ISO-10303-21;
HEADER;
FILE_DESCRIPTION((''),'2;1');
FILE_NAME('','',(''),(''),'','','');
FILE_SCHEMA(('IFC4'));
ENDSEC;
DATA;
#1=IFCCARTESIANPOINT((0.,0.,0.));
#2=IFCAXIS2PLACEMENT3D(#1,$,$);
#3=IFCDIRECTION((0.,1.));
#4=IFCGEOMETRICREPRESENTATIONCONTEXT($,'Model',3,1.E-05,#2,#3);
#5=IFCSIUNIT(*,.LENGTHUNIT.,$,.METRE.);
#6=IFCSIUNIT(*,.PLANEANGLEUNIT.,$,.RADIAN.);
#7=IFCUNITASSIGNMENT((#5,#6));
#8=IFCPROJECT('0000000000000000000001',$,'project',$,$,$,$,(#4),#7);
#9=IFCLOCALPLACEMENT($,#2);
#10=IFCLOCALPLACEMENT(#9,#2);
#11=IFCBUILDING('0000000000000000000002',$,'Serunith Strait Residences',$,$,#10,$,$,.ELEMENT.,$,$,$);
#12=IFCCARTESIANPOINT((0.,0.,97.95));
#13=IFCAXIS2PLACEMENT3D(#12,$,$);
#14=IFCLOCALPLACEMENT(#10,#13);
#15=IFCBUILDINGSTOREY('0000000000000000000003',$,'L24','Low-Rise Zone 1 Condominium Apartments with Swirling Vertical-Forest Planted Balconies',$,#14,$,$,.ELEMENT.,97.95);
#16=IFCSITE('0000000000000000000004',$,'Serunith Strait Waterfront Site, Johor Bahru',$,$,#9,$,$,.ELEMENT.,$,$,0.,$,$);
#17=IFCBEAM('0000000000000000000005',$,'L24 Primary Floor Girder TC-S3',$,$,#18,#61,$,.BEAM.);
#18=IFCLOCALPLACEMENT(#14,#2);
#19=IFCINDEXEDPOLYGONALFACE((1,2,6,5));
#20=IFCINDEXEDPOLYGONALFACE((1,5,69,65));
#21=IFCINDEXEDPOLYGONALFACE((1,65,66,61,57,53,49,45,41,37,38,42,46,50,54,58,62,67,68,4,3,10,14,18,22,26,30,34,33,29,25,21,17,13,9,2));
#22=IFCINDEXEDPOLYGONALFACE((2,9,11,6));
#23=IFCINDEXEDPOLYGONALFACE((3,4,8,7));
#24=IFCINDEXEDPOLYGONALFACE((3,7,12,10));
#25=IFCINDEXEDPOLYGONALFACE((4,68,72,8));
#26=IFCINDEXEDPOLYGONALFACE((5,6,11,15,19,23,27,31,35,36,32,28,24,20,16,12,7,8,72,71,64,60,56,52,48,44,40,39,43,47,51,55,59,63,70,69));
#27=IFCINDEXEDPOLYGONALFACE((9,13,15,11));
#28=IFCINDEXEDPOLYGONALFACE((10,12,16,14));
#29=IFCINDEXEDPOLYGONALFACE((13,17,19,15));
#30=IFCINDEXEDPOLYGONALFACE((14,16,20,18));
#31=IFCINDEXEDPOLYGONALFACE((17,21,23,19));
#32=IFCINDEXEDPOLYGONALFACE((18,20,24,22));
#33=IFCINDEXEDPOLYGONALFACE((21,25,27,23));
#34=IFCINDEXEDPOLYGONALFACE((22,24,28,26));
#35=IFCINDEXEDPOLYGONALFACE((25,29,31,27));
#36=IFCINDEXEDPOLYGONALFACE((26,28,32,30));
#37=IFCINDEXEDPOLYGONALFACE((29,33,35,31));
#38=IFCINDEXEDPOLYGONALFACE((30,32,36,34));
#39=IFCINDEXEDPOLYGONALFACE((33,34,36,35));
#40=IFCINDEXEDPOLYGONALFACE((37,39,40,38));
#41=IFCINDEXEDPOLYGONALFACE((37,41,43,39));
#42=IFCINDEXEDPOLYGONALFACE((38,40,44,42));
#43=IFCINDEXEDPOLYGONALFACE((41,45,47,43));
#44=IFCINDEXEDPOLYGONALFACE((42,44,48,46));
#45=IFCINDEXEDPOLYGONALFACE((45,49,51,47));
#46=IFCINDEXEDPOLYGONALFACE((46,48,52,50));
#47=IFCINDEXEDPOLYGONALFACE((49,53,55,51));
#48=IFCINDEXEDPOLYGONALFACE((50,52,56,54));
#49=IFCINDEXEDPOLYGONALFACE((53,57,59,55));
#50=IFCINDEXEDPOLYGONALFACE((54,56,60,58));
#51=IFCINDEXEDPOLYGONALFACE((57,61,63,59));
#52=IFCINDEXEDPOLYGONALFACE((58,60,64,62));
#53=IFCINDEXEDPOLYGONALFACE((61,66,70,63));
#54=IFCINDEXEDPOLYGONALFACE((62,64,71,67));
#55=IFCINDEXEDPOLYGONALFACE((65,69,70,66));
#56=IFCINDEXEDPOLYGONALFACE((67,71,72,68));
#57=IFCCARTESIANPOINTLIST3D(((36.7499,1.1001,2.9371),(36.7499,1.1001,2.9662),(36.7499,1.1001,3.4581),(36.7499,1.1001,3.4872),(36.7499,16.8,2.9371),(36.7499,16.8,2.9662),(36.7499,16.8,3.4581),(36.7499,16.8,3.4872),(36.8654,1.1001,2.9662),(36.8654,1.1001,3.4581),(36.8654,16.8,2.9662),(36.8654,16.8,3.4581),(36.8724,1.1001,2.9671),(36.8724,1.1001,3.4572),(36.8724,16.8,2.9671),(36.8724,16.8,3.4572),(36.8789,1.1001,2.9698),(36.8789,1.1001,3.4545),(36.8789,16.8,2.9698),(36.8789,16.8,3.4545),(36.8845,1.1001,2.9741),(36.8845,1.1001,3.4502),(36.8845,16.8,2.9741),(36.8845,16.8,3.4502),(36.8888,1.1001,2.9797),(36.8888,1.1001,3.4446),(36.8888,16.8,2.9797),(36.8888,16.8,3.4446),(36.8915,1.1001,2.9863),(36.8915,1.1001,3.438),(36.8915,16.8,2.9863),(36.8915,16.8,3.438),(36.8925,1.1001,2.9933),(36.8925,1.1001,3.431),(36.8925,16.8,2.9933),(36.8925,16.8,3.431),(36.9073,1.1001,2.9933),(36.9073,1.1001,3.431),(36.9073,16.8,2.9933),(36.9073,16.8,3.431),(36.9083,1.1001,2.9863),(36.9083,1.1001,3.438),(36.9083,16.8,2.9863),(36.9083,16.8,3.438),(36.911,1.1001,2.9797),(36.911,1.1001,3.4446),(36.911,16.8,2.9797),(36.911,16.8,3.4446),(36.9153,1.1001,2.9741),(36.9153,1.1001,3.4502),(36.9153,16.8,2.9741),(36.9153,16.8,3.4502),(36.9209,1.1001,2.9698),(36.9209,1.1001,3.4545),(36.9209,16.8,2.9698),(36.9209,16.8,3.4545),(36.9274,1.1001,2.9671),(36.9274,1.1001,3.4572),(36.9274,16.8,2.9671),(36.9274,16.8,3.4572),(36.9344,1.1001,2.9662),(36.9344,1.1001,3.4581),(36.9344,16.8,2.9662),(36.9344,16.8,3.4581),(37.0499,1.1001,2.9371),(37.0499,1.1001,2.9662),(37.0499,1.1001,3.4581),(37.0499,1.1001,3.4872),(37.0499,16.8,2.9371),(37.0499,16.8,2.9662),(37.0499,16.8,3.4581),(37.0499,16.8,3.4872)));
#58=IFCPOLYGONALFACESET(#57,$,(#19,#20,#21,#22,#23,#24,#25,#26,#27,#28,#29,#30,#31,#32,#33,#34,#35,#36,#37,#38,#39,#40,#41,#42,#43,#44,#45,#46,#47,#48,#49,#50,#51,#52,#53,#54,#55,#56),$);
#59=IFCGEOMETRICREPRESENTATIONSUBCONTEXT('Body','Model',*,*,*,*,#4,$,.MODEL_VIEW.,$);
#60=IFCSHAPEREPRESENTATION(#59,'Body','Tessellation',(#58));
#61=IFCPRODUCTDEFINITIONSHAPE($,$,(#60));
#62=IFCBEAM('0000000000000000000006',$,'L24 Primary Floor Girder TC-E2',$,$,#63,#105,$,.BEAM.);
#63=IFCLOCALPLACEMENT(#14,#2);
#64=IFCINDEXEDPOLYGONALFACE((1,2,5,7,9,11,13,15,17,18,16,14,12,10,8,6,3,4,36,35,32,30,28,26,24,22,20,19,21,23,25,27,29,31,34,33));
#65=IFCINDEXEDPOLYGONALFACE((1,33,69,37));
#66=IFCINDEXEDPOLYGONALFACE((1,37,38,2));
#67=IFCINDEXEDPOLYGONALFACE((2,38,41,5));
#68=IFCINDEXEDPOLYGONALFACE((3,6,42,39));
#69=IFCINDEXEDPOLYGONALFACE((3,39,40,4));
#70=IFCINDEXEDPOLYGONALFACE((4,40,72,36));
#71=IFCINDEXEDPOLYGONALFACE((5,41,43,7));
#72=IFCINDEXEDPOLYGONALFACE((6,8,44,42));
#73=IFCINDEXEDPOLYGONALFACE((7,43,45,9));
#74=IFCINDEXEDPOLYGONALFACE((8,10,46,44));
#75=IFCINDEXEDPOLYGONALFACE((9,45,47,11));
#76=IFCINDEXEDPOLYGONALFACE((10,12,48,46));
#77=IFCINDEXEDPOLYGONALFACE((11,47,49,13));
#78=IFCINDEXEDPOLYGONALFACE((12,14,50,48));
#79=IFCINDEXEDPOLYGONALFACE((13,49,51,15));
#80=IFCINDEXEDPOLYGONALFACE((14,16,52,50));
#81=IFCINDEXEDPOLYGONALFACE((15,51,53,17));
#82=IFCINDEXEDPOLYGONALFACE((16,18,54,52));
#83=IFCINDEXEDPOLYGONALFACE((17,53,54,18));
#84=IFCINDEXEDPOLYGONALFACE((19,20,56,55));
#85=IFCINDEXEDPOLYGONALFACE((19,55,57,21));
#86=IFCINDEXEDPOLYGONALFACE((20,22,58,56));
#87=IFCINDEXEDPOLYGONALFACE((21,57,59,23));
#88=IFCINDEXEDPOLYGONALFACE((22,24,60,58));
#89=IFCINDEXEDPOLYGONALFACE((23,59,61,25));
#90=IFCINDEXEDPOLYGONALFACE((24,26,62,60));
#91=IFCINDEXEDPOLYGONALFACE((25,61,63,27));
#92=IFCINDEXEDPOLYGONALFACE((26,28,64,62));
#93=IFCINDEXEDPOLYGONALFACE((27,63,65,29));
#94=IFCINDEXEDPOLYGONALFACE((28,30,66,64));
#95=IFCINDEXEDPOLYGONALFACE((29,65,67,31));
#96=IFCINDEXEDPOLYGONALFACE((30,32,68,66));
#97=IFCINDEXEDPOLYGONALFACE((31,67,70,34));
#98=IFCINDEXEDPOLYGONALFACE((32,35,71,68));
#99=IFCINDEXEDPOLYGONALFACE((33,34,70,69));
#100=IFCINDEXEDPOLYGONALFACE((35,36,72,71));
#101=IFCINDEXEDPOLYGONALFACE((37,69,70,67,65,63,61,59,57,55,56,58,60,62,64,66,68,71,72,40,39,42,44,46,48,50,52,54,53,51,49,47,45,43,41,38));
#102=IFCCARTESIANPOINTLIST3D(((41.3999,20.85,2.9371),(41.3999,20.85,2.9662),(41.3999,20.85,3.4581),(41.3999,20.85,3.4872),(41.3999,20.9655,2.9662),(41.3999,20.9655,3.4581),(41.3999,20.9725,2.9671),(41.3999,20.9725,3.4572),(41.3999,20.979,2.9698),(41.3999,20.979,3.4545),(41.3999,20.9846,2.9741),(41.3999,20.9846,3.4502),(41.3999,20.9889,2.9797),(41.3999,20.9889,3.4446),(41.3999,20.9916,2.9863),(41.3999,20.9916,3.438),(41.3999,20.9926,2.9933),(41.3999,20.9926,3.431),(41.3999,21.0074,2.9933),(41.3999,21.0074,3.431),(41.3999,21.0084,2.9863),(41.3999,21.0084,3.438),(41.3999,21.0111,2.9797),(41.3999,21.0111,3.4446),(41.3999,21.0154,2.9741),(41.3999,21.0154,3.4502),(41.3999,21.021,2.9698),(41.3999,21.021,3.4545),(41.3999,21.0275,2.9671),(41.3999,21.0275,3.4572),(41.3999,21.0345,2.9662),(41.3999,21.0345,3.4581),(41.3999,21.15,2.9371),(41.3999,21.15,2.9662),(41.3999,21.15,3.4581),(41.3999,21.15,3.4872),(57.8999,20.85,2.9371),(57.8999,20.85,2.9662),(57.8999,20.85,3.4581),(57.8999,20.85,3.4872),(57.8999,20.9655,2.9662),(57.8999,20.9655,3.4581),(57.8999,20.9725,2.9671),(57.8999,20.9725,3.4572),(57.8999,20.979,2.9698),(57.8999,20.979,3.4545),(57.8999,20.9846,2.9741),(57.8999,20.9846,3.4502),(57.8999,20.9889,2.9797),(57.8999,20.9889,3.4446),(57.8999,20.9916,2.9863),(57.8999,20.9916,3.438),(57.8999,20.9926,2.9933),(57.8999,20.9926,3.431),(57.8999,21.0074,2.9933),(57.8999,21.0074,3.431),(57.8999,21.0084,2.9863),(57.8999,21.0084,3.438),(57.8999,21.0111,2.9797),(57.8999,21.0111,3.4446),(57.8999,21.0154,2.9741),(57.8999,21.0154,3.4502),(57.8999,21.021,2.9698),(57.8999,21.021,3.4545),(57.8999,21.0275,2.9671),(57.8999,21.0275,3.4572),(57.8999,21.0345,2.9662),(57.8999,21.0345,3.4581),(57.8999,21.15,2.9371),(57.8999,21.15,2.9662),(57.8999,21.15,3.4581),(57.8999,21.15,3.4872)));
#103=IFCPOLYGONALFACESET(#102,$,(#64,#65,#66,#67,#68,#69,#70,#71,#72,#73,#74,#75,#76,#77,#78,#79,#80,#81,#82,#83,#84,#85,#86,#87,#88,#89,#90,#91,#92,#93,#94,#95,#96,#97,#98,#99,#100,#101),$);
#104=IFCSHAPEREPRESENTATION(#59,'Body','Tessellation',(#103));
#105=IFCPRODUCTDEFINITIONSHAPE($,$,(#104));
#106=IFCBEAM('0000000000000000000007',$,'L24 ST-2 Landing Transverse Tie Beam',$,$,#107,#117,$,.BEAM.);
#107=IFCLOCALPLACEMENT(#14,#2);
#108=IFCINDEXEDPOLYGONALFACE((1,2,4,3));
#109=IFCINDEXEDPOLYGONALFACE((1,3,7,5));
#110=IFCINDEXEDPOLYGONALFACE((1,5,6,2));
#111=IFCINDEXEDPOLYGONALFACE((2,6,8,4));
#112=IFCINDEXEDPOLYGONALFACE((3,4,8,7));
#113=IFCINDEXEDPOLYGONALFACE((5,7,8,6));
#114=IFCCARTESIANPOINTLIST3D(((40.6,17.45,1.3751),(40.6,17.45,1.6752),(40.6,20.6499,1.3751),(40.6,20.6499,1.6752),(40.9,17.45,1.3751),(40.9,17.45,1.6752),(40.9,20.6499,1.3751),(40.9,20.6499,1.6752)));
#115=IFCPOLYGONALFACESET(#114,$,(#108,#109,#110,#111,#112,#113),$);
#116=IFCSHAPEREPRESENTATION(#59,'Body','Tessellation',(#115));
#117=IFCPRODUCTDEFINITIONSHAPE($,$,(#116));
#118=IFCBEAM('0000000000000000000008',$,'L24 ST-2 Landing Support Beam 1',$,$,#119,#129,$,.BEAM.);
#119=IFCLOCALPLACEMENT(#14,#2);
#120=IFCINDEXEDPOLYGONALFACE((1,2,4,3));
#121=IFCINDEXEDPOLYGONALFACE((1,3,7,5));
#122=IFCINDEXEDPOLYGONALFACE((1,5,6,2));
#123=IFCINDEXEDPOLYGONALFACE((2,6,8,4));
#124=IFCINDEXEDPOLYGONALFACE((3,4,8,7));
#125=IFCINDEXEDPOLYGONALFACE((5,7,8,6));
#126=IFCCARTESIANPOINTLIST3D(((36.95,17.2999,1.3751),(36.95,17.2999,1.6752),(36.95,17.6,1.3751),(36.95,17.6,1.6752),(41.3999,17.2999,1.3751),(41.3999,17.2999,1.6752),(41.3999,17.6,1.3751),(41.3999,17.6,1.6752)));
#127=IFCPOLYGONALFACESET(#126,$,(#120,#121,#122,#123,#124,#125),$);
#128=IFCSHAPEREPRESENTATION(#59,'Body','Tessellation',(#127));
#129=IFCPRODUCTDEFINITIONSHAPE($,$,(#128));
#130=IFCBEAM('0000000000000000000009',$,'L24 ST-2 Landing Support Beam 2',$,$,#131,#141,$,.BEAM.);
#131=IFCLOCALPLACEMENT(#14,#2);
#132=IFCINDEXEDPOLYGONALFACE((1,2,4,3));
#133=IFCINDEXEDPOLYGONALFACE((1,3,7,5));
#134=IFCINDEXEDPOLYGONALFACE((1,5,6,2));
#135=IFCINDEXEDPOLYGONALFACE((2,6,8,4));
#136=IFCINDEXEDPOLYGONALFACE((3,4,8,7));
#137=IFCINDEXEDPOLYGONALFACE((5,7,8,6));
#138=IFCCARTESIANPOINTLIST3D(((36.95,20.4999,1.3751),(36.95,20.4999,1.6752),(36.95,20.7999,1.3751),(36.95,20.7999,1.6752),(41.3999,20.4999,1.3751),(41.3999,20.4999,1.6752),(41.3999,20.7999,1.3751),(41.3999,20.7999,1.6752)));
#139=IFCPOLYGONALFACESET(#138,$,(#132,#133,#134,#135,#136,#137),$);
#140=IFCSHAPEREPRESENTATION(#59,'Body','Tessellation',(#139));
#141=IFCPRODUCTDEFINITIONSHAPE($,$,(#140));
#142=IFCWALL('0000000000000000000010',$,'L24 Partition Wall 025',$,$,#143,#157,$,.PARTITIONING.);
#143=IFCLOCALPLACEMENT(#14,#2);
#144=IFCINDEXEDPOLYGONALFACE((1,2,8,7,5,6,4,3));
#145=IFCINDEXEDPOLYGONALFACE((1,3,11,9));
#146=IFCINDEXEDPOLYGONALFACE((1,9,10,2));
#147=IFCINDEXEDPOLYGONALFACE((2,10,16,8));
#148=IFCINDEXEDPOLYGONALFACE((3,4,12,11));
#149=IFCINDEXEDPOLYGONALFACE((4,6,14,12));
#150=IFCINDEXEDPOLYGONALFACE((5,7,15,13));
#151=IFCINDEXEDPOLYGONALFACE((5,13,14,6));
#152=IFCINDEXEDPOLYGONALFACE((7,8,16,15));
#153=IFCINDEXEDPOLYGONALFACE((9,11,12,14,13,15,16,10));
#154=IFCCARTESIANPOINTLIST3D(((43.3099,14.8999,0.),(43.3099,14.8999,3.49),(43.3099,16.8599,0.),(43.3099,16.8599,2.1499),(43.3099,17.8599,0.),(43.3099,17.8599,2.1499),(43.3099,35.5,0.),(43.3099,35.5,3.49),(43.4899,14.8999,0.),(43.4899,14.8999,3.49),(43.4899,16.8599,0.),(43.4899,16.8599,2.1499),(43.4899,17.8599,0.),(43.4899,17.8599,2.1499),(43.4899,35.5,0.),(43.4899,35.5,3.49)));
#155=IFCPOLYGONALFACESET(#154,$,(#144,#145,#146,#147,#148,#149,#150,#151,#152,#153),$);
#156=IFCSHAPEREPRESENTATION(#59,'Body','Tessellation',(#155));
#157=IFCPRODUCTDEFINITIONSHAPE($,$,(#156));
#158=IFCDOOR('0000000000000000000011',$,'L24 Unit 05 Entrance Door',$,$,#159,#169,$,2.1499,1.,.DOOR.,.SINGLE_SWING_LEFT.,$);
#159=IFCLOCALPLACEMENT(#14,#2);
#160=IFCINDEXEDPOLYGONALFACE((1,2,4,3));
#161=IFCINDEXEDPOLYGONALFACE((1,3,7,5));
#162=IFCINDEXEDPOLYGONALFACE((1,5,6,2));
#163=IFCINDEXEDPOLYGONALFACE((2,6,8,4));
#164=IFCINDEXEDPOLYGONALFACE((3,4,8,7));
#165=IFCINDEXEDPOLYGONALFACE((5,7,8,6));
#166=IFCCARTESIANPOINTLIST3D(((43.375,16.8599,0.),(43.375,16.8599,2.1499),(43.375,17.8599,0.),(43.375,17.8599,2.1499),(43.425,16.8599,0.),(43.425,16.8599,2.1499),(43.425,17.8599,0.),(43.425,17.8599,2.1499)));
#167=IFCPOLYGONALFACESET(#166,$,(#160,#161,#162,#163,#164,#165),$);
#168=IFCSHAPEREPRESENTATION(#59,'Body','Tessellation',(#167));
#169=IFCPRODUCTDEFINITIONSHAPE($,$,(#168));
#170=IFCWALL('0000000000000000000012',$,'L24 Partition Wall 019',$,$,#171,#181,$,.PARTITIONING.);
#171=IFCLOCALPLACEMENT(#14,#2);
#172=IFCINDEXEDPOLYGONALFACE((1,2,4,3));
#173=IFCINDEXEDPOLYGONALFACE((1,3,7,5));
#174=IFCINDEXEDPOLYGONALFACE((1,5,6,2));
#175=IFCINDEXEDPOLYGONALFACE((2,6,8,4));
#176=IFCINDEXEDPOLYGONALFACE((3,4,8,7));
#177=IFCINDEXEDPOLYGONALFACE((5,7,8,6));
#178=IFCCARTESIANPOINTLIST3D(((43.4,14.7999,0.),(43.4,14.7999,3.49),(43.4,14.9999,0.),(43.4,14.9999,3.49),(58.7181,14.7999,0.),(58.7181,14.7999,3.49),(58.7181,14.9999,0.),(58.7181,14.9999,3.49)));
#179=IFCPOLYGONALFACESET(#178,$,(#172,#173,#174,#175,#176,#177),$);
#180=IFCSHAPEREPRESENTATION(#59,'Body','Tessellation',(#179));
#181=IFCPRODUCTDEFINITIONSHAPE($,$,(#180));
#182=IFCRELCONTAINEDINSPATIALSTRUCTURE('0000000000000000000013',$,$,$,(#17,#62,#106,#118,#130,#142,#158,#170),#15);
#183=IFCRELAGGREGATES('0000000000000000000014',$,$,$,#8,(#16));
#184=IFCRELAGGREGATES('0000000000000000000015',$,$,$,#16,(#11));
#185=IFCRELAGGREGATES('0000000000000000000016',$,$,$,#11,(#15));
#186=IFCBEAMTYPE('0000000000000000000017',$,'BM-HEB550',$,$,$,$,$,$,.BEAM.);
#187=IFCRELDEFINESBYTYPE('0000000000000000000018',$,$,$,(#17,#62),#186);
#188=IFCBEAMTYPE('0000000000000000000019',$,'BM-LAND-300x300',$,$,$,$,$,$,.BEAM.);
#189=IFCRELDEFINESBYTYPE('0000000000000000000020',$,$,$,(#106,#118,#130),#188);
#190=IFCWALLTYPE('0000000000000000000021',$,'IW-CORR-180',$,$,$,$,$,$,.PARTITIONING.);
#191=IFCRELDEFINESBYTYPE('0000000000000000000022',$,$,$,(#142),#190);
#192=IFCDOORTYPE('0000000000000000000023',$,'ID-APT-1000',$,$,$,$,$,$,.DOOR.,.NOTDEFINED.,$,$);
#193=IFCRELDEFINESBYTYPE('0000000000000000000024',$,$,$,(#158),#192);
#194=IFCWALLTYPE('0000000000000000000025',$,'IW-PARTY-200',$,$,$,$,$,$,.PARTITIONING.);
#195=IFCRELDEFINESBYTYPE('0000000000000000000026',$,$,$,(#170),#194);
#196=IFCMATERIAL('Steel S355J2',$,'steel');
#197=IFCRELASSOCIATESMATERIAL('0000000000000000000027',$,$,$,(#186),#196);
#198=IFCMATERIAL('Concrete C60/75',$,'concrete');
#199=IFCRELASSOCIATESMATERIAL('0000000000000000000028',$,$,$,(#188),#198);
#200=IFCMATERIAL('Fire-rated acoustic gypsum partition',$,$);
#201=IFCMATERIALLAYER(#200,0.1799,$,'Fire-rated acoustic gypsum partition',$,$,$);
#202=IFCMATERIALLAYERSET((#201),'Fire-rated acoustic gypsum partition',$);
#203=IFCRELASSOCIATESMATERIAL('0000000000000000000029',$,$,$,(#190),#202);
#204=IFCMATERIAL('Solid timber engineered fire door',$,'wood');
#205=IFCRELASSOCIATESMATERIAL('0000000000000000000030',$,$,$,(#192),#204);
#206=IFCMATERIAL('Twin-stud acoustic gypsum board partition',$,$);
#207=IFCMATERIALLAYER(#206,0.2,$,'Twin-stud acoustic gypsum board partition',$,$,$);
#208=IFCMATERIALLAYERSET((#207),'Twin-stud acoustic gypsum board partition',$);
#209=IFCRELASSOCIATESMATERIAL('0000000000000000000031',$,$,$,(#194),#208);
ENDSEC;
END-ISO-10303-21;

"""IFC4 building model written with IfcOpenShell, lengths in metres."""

from ifc_helpers import new_model, si_unit, direction, frame, frame_2d, origin, origin_2d, place, context, subcontext, project, spatial, rectangle, i_section, extrude, source, transform, mapped, material, layer, layer_set, material_profile, profile_set, type_object, element, fill, save


model = new_model("IFC4")

# Units and contexts
model_context = context("Model", 3, precision=1e-05, world=origin(), true_north=direction((0.0, 1.0)))
body_context = subcontext(model_context, "Body", "Model", "MODEL_VIEW")
ifc_project = project(units=[si_unit("LENGTHUNIT", "METRE"), si_unit("PLANEANGLEUNIT", "RADIAN")], contexts=[model_context])

# Site, building, storey
site_placement = place(None, origin())
site = spatial("IfcSite", under=ifc_project, at=site_placement, Name="Serunith Strait Waterfront Site, Johor Bahru", CompositionType="ELEMENT", RefElevation=0.0)
building_placement = place(site_placement, origin())
building = spatial("IfcBuilding", under=site, at=building_placement, Name="Serunith Strait Residences", CompositionType="ELEMENT")
storey_placement = place(building_placement, frame((0.0, 0.0, 97.95)))
storey = spatial("IfcBuildingStorey", under=building, at=storey_placement, Name="L24", Description="Low-Rise Zone 1 Condominium Apartments with Swirling Vertical-Forest Planted Balconies", CompositionType="ELEMENT", Elevation=97.95)

# Beams
ifc_material_1 = material(Name="Steel S355J2", Category="steel")
ifc_material_profile_1 = material_profile(ifc_material_1, i_section(OverallWidth=0.3, OverallDepth=0.55, WebThickness=0.0149, FlangeThickness=0.0291, FilletRadius=0.0271, at=origin_2d()), Name="HEB 550")
ifc_profile_set_1 = profile_set([ifc_material_profile_1], Name="Steel S355J2")
beam_type_1 = type_object("IfcBeamType", Name="BM-HEB550", PredefinedType="BEAM", material=ifc_profile_set_1)
shared_shape_1 = source(origin(), body_context, "Body", "SweptSolid", [
    extrude(i_section(OverallWidth=0.3, OverallDepth=0.55, WebThickness=0.0149, FlangeThickness=0.0291, FilletRadius=0.0271, at=origin_2d()), origin(), (0.0, 0.0, 1.0), 15.7),
])
beam_1_placement = place(storey_placement, frame((36.8999, 16.8, 3.2122), z_axis=(0.0, -1.0, 0.0), x_axis=(1.0, 0.0, 0.0)))
element("IfcBeam", 1, at=beam_1_placement, inside=storey, type_object=beam_type_1, Name="L24 Primary Floor Girder TC-S3", PredefinedType="BEAM", context=body_context, shape_type="MappedRepresentation", body=[
    mapped(shared_shape_1, transform((0.0, 0.0, 0.0), scale=1.0)),
])
shared_shape_2 = source(origin(), body_context, "Body", "SweptSolid", [
    extrude(i_section(OverallWidth=0.3, OverallDepth=0.55, WebThickness=0.0149, FlangeThickness=0.0291, FilletRadius=0.0271, at=origin_2d()), origin(), (0.0, 0.0, 1.0), 16.5),
])
beam_2_placement = place(storey_placement, frame((41.3999, 21.0, 3.2122), z_axis=(1.0, 0.0, 0.0), x_axis=(0.0, 1.0, 0.0)))
element("IfcBeam", 2, at=beam_2_placement, inside=storey, type_object=beam_type_1, Name="L24 Primary Floor Girder TC-E2", PredefinedType="BEAM", context=body_context, shape_type="MappedRepresentation", body=[
    mapped(shared_shape_2, transform((0.0, 0.0, 0.0), scale=1.0)),
])
ifc_material_2 = material(Name="Concrete C60/75", Category="concrete")
ifc_material_profile_2 = material_profile(ifc_material_2, rectangle(XDim=0.3, YDim=0.3, at=origin_2d()), Name="RC 300x300")
ifc_profile_set_2 = profile_set([ifc_material_profile_2], Name="Concrete C60/75")
beam_type_2 = type_object("IfcBeamType", Name="BM-LAND-300x300", PredefinedType="BEAM", material=ifc_profile_set_2)
shared_shape_3 = source(origin(), body_context, "Body", "SweptSolid", [
    extrude(rectangle(XDim=0.3, YDim=0.3, at=origin_2d()), origin(), (0.0, 0.0, 1.0), 3.2),
])
beam_3_placement = place(storey_placement, frame((40.75, 17.45, 1.5251), z_axis=(0.0, 1.0, 0.0), x_axis=(-1.0, 0.0, 0.0)))
element("IfcBeam", 3, at=beam_3_placement, inside=storey, type_object=beam_type_2, Name="L24 ST-2 Landing Transverse Tie Beam", PredefinedType="BEAM", context=body_context, shape_type="MappedRepresentation", body=[
    mapped(shared_shape_3, transform((0.0, 0.0, 0.0), scale=1.0)),
])
shared_shape_4 = source(origin(), body_context, "Body", "SweptSolid", [
    extrude(rectangle(XDim=0.3, YDim=0.3, at=origin_2d()), origin(), (0.0, 0.0, 1.0), 4.45),
])
for number, where, z_axis, x_axis, name in (
    (4, (36.95, 17.45, 1.5251), (1.0, 0.0, 0.0), (0.0, 1.0, 0.0), "L24 ST-2 Landing Support Beam 1"),
    (5, (36.95, 20.6499, 1.5251), (1.0, 0.0, 0.0), (0.0, 1.0, 0.0), "L24 ST-2 Landing Support Beam 2"),
):
    element("IfcBeam", number, at=place(storey_placement, frame(where, z_axis=z_axis, x_axis=x_axis)), inside=storey, type_object=beam_type_2, Name=name, PredefinedType="BEAM", context=body_context, shape_type="MappedRepresentation", body=[
        mapped(shared_shape_4, transform((0.0, 0.0, 0.0), scale=1.0)),
    ])

# Wall, opening, door
ifc_material_3 = material(Name="Fire-rated acoustic gypsum partition")
ifc_layer_1 = layer(ifc_material_3, 0.1799, Name="Fire-rated acoustic gypsum partition")
ifc_layer_set_1 = layer_set([ifc_layer_1], Name="Fire-rated acoustic gypsum partition")
wall_type_1 = type_object("IfcWallType", Name="IW-CORR-180", PredefinedType="PARTITIONING", material=ifc_layer_set_1)
wall_1_placement = place(storey_placement, frame((43.3999, 14.8999, 0.0), z_axis=(0.0, 0.0, 1.0), x_axis=(0.0, 1.0, 0.0)))
wall_1 = element("IfcWall", 6, at=wall_1_placement, inside=storey, type_object=wall_type_1, Name="L24 Partition Wall 025", PredefinedType="PARTITIONING", context=body_context, shape_type="SweptSolid", body=[
    extrude(rectangle(XDim=20.6001, YDim=0.1799, at=frame_2d((10.3, 0.0))), origin(), (0.0, 0.0, 1.0), 3.49),
])
opening_1_placement = place(wall_1_placement, frame((1.96, 0.0, 0.0)))
opening_1 = element("IfcOpeningElement", 7, at=opening_1_placement, cuts=wall_1, PredefinedType="OPENING", context=body_context, shape_type="SweptSolid", body=[
    extrude(rectangle(XDim=1.0, YDim=2.1499, at=frame_2d((0.5, 1.075))), frame((0.0, 0.1001, 0.0), z_axis=(0.0, -1.0, 0.0), x_axis=(1.0, 0.0, 0.0)), (0.0, 0.0, 1.0), 0.2),
])
ifc_material_4 = material(Name="Solid timber engineered fire door", Category="wood")
door_type_1 = type_object("IfcDoorType", Name="ID-APT-1000", OperationType="NOTDEFINED", PredefinedType="DOOR", material=ifc_material_4)
shared_shape_5 = source(origin(), body_context, "Body", "SweptSolid", [
    extrude(rectangle(XDim=1.0, YDim=2.1499, at=frame_2d((0.5, 1.075))), frame((0.0, 0.0249, 0.0), z_axis=(0.0, -1.0, 0.0), x_axis=(1.0, 0.0, 0.0)), (0.0, 0.0, 1.0), 0.05),
])
door_1_placement = place(opening_1_placement, origin())
door_1 = element("IfcDoor", 8, at=door_1_placement, inside=storey, type_object=door_type_1, Name="L24 Unit 05 Entrance Door", OperationType="SINGLE_SWING_LEFT", OverallHeight=2.1499, OverallWidth=1.0, PredefinedType="DOOR", context=body_context, shape_type="MappedRepresentation", body=[
    mapped(shared_shape_5, transform((0.0, 0.0, 0.0), scale=1.0)),
])
fill(opening_1, door_1)

# Wall
ifc_material_5 = material(Name="Twin-stud acoustic gypsum board partition")
ifc_layer_2 = layer(ifc_material_5, 0.2, Name="Twin-stud acoustic gypsum board partition")
ifc_layer_set_2 = layer_set([ifc_layer_2], Name="Twin-stud acoustic gypsum board partition")
wall_type_2 = type_object("IfcWallType", Name="IW-PARTY-200", PredefinedType="PARTITIONING", material=ifc_layer_set_2)
wall_2_placement = place(storey_placement, frame((43.3999, 14.8999, 0.0), z_axis=(0.0, 0.0, 1.0), x_axis=(1.0, 0.0, 0.0)))
element("IfcWall", 9, at=wall_2_placement, inside=storey, type_object=wall_type_2, Name="L24 Partition Wall 019", PredefinedType="PARTITIONING", context=body_context, shape_type="SweptSolid", body=[
    extrude(rectangle(XDim=15.3181, YDim=0.2, at=frame_2d((7.6592, 0.0))), origin(), (0.0, 0.0, 1.0), 3.49),
])

save(model, "model.ifc")
